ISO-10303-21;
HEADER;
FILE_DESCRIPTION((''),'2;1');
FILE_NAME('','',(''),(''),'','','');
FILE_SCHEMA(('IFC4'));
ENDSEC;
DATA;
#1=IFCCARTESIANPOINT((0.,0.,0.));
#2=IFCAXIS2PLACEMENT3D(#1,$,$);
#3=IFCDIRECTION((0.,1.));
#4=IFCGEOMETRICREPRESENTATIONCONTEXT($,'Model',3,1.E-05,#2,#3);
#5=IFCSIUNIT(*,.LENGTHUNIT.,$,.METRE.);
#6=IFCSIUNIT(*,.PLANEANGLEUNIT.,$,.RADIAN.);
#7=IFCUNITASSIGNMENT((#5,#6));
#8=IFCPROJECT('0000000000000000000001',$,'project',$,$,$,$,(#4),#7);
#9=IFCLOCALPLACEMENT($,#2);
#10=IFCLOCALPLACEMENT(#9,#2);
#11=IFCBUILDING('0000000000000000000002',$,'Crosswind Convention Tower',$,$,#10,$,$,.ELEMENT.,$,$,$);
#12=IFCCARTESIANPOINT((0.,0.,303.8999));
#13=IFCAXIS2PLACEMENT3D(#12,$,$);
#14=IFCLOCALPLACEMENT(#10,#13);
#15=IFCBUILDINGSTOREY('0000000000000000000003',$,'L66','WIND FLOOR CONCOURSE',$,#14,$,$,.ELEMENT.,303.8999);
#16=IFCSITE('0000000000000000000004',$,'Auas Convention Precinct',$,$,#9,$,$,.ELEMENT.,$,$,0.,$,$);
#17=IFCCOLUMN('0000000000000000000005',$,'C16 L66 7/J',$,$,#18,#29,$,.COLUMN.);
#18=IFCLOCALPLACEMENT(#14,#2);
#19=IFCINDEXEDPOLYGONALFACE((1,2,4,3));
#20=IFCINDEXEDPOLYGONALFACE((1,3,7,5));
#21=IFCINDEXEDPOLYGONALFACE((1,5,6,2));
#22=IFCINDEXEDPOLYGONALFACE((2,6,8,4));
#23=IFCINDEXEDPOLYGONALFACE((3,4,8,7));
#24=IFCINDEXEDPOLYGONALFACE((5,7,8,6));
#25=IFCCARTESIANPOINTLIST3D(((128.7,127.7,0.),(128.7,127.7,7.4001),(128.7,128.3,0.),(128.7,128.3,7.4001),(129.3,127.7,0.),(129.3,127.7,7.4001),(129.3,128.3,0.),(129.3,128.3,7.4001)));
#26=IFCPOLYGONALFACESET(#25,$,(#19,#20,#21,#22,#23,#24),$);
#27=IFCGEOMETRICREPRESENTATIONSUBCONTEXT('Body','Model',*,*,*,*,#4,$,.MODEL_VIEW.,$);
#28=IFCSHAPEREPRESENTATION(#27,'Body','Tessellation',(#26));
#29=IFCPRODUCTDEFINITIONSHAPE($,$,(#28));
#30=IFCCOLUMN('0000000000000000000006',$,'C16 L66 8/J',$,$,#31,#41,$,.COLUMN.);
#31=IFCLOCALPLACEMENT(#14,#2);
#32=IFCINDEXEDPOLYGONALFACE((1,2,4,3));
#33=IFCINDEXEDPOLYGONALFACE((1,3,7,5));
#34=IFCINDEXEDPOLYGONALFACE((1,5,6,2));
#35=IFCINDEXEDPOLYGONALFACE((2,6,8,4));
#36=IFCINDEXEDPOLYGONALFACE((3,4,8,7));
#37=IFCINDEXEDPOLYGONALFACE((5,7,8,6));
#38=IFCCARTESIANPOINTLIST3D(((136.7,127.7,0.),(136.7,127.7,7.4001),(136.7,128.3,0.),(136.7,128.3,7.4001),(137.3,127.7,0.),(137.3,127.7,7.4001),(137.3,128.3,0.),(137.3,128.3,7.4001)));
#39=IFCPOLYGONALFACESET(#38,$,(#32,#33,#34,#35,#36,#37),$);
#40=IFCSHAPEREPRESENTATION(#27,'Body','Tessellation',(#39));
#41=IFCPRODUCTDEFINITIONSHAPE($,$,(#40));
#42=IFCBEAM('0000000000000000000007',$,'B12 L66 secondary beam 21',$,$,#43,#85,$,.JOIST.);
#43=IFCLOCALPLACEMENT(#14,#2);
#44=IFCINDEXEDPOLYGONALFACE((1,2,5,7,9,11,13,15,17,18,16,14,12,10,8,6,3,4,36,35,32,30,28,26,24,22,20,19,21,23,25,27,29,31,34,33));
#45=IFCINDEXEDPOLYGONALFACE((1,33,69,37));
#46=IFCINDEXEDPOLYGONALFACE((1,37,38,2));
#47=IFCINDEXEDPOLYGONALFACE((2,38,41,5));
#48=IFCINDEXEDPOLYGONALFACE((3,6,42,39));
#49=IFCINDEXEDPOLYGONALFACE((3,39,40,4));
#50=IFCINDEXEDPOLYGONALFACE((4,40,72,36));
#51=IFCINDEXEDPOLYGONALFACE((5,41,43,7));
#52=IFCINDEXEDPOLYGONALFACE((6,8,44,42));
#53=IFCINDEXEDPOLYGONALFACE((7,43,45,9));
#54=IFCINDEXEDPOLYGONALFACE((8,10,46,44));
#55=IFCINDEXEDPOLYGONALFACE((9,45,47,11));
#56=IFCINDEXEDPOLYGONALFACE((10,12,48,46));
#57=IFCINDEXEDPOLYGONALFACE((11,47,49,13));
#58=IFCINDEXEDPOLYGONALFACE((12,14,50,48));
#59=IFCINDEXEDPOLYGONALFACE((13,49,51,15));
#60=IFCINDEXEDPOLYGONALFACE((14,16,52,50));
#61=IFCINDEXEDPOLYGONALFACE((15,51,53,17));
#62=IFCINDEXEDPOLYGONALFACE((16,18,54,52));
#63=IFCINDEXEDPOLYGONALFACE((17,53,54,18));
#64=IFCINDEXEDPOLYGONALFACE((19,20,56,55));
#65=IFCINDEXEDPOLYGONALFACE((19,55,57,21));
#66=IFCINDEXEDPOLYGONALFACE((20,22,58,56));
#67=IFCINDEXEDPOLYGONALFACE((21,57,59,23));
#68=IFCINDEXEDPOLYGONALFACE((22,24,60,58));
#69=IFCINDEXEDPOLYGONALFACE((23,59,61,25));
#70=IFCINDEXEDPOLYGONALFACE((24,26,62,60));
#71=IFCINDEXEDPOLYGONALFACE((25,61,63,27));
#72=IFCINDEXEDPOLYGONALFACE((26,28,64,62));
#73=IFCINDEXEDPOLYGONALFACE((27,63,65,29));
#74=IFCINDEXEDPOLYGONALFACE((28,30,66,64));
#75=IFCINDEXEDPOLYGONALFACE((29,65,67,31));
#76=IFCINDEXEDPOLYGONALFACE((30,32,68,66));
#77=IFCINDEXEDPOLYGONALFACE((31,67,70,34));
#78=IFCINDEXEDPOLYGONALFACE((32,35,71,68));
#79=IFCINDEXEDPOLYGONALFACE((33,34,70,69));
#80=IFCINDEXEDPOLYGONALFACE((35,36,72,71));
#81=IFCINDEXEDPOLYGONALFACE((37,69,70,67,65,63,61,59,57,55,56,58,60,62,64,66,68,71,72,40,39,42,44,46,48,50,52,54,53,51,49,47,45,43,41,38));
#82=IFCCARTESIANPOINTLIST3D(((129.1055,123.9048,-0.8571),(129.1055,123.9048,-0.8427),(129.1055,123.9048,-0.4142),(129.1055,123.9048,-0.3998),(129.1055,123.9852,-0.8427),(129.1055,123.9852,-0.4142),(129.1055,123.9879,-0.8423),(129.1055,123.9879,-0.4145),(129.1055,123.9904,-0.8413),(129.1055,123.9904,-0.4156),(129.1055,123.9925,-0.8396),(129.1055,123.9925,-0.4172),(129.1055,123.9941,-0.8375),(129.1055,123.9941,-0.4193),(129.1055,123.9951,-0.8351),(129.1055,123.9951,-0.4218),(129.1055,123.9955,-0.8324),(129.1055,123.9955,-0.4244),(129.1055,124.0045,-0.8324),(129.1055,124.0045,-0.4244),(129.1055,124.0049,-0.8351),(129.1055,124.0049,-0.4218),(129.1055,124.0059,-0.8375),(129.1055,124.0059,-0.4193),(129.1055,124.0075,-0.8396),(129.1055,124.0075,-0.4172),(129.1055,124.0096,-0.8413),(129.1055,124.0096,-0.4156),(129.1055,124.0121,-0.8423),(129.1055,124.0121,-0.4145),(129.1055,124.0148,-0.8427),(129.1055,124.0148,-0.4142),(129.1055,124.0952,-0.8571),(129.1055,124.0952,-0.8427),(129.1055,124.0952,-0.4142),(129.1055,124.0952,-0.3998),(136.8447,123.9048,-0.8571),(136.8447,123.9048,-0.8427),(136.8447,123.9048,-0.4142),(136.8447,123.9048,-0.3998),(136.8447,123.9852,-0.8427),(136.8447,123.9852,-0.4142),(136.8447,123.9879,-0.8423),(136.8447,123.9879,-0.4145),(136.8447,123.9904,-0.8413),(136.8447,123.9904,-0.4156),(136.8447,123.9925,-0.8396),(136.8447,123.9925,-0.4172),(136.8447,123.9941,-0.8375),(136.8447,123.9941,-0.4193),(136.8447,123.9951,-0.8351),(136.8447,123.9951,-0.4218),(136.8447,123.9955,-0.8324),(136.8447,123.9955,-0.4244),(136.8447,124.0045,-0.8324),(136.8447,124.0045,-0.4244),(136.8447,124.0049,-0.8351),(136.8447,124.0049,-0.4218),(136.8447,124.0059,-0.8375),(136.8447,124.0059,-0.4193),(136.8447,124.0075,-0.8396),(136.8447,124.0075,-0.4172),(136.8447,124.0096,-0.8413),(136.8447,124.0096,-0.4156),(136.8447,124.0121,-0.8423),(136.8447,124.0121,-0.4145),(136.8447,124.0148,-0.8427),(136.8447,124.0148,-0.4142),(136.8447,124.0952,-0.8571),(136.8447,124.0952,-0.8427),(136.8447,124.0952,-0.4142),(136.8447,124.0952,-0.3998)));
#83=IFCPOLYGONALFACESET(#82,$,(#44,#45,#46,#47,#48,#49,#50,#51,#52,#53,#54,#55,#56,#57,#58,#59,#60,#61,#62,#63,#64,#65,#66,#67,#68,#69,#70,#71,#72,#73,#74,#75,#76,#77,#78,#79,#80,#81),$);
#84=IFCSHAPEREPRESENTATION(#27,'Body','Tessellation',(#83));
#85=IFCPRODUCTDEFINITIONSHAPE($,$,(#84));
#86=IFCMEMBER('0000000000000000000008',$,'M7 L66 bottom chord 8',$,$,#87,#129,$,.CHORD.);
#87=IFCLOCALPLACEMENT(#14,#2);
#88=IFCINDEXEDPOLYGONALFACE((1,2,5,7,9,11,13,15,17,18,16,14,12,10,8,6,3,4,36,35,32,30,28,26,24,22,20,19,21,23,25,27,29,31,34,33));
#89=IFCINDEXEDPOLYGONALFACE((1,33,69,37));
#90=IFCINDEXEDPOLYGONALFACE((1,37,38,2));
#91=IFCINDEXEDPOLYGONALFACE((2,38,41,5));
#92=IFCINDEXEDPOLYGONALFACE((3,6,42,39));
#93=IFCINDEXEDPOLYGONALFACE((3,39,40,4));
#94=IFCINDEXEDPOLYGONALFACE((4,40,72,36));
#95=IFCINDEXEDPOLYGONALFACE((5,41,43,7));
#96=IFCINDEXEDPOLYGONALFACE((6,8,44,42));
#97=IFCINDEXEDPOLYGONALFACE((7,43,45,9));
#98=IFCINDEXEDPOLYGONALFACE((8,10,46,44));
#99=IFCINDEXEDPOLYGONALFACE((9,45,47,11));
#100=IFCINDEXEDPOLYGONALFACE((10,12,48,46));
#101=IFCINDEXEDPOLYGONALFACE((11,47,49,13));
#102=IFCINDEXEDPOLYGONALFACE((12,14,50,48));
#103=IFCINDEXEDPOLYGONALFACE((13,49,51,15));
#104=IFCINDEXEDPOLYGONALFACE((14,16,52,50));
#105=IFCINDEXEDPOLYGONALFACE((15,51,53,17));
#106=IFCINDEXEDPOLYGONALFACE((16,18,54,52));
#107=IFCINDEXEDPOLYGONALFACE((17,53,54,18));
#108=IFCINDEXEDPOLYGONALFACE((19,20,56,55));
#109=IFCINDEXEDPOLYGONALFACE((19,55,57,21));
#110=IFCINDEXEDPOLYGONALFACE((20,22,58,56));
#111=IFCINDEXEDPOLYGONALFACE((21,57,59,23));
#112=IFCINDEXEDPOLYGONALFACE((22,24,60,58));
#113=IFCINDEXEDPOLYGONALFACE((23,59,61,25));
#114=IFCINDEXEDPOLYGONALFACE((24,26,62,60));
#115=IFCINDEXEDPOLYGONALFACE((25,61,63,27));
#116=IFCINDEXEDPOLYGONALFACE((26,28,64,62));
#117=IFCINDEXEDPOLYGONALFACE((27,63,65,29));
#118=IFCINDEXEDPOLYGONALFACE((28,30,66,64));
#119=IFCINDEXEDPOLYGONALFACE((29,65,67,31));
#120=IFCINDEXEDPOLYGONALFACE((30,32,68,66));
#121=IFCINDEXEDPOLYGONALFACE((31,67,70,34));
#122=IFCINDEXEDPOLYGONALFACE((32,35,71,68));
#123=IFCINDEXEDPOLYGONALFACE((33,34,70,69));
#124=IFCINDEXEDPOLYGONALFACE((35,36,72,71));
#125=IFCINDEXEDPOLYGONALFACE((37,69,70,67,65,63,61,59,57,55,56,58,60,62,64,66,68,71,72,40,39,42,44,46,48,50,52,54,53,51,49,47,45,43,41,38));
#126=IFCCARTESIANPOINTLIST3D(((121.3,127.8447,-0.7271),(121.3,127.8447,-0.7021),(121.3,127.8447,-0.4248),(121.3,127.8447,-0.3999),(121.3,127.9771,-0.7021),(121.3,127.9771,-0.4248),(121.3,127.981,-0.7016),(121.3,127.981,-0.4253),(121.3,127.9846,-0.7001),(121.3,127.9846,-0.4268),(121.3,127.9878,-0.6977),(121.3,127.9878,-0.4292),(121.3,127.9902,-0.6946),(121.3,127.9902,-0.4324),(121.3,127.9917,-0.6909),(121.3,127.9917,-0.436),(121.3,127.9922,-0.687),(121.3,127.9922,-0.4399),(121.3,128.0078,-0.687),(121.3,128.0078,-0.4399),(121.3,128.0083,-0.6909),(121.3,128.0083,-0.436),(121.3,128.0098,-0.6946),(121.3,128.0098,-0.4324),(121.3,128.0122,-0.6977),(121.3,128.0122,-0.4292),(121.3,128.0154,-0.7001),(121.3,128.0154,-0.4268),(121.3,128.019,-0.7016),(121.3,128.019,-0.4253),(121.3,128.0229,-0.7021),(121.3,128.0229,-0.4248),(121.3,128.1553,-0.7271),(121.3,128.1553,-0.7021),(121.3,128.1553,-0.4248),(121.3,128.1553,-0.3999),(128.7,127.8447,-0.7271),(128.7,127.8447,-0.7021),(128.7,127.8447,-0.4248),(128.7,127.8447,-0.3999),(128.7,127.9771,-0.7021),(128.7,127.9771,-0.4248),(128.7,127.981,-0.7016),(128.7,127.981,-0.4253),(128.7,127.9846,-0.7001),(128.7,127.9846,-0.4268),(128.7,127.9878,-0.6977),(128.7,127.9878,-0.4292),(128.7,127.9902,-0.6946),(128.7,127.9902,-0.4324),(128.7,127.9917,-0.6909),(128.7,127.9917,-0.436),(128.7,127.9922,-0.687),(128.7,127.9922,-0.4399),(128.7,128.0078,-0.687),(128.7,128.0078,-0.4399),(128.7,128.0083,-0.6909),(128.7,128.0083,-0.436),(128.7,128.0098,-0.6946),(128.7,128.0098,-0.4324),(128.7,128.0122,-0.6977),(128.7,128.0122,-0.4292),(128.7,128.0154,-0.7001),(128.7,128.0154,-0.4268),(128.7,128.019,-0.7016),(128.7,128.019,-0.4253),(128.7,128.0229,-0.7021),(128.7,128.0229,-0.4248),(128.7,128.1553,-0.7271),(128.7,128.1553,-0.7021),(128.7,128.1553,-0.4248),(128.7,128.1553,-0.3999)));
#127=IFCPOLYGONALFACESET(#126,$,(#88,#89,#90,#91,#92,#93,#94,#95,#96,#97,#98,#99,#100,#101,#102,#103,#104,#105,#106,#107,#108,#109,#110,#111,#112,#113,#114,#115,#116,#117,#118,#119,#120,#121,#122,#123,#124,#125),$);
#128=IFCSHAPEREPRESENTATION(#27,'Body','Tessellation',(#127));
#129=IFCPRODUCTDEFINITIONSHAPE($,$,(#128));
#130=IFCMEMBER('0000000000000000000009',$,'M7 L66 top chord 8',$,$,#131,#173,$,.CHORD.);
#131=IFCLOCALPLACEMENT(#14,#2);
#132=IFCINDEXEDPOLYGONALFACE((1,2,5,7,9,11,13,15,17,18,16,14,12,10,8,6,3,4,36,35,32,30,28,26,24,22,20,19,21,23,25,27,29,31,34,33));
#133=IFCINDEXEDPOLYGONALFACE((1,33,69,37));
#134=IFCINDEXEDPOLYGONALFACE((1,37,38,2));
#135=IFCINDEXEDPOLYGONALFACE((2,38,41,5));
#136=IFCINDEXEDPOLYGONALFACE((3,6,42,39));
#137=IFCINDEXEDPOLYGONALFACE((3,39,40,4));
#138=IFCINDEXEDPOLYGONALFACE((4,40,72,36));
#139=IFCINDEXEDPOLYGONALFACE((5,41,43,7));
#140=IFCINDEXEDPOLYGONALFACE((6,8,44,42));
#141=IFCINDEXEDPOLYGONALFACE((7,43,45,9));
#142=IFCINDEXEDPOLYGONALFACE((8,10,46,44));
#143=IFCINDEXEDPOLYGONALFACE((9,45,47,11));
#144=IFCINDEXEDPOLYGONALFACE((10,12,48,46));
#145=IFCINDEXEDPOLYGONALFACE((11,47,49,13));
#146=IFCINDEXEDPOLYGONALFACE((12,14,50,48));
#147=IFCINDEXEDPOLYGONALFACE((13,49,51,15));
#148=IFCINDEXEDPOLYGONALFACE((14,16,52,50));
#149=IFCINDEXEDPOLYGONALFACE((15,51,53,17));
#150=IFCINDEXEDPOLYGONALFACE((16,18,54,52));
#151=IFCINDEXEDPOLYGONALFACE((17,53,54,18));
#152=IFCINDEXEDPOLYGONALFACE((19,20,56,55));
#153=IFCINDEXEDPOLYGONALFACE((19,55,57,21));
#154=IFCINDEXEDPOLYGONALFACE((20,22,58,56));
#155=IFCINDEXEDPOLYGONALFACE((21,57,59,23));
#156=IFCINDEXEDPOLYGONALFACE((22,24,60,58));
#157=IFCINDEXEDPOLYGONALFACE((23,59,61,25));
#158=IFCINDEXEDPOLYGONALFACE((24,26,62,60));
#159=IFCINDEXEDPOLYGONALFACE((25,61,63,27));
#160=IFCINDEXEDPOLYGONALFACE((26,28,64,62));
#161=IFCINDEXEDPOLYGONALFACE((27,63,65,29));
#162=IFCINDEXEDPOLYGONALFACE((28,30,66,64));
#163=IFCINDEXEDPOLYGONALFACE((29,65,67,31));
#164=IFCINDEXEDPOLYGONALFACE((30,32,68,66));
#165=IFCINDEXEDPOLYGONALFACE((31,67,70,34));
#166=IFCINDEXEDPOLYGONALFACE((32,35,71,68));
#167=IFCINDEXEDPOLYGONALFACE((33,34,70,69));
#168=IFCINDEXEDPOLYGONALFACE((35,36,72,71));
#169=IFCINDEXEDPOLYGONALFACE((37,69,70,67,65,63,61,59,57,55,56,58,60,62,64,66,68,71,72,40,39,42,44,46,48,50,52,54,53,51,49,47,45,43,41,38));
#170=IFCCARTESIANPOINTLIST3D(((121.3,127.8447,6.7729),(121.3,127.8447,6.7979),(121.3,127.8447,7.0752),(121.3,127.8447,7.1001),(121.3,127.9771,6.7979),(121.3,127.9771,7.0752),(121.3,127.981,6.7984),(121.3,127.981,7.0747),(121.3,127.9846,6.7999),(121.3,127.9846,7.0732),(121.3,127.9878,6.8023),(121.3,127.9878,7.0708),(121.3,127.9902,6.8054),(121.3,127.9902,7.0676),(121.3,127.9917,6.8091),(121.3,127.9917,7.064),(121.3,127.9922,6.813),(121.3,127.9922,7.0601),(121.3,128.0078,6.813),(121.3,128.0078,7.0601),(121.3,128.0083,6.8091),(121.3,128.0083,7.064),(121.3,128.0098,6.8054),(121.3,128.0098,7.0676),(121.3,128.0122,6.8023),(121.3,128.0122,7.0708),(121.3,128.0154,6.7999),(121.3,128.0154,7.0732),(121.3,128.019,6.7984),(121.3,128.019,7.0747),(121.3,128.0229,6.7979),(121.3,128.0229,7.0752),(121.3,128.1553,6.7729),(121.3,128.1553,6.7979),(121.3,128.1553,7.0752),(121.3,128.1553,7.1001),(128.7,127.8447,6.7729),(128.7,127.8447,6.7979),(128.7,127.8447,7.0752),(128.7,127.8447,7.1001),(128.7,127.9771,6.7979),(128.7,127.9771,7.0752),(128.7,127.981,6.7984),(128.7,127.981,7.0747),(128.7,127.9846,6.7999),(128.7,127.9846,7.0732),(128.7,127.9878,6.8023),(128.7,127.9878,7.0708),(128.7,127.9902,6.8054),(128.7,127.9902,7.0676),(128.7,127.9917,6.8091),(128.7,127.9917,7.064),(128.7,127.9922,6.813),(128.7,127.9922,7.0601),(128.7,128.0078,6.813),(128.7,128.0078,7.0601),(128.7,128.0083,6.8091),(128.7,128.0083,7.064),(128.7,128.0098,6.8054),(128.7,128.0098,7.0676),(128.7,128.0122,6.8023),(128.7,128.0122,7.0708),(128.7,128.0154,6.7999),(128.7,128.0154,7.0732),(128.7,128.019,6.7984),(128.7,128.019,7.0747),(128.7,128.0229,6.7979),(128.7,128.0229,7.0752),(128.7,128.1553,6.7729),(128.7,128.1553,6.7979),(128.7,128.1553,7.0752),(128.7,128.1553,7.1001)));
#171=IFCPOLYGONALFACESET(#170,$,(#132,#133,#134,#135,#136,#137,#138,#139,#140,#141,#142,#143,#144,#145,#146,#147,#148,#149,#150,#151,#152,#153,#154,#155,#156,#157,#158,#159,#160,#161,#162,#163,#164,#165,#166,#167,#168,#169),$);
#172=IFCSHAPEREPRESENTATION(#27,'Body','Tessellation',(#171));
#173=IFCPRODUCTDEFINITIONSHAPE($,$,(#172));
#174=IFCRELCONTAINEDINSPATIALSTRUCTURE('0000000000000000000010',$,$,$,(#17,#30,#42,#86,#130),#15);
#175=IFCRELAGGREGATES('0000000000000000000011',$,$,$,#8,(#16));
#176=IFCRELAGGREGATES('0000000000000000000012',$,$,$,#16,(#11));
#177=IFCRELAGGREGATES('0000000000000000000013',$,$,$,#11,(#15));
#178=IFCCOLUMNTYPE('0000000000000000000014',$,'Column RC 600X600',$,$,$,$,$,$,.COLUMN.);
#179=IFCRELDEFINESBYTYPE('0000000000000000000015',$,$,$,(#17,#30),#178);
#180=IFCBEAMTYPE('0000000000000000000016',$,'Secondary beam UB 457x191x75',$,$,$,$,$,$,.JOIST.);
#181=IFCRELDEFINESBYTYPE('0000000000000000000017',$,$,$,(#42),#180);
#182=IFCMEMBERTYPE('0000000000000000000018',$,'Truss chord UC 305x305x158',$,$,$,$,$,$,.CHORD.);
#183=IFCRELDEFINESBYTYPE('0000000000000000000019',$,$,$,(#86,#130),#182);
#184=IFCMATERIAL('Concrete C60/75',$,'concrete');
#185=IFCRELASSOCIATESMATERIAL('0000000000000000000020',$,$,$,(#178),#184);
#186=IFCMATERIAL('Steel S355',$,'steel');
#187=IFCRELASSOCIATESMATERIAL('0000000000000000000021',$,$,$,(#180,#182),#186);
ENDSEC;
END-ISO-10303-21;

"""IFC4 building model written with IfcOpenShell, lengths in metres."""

from ifc_helpers import new_model, si_unit, direction, frame, origin, origin_2d, place, context, subcontext, project, spatial, rectangle, i_section, extrude, material, material_profile, profile_set, type_object, element, save


model = new_model("IFC4")

# Units and contexts
model_context = context("Model", 3, precision=1e-05, world=origin(), true_north=direction((0.0, 1.0)))
body_context = subcontext(model_context, "Body", "Model", "MODEL_VIEW")
ifc_project = project(units=[si_unit("LENGTHUNIT", "METRE"), si_unit("PLANEANGLEUNIT", "RADIAN")], contexts=[model_context])

# Site, building, storey
site_placement = place(None, origin())
site = spatial("IfcSite", under=ifc_project, at=site_placement, Name="Auas Convention Precinct", CompositionType="ELEMENT", RefElevation=0.0)
building_placement = place(site_placement, origin())
building = spatial("IfcBuilding", under=site, at=building_placement, Name="Crosswind Convention Tower", CompositionType="ELEMENT")
storey_placement = place(building_placement, frame((0.0, 0.0, 303.8999)))
storey = spatial("IfcBuildingStorey", under=building, at=storey_placement, Name="L66", Description="WIND FLOOR CONCOURSE", CompositionType="ELEMENT", Elevation=303.8999)

# Columns
ifc_material_1 = material(Name="Concrete C60/75", Category="concrete")
ifc_material_profile_1 = material_profile(ifc_material_1, rectangle(XDim=0.6001, YDim=0.6001, at=origin_2d()), Name="RC 600X600")
ifc_profile_set_1 = profile_set([ifc_material_profile_1], Name="Concrete C60/75")
column_type = type_object("IfcColumnType", Name="Column RC 600X600", PredefinedType="COLUMN", material=ifc_profile_set_1)
for number, where, z_axis, x_axis, name in (
    (1, (129.0, 128.0, 0.0), (0.0, 0.0, 1.0), (1.0, 0.0, 0.0), "C16 L66 7/J"),
    (2, (137.0, 128.0, 0.0), (0.0, 0.0, 1.0), (1.0, 0.0, 0.0), "C16 L66 8/J"),
):
    element("IfcColumn", number, at=place(storey_placement, frame(where, z_axis=z_axis, x_axis=x_axis)), inside=storey, type_object=column_type, Name=name, PredefinedType="COLUMN", context=body_context, shape_type="SweptSolid", body=[
        extrude(rectangle(XDim=0.6001, YDim=0.6001, at=origin_2d()), origin(), (0.0, 0.0, 1.0), 7.4001),
    ])

# Beam
ifc_material_2 = material(Name="Steel S355", Category="steel")
ifc_material_profile_2 = material_profile(ifc_material_2, i_section(OverallWidth=0.1904, OverallDepth=0.4573, WebThickness=0.009, FlangeThickness=0.0144, FilletRadius=0.0103, at=origin_2d()), Name="UB 457x191x75")
ifc_profile_set_2 = profile_set([ifc_material_profile_2], Name="Steel S355")
beam_type = type_object("IfcBeamType", Name="Secondary beam UB 457x191x75", PredefinedType="JOIST", material=ifc_profile_set_2)
beam_placement = place(storey_placement, frame((129.1055, 124.0, -0.6284), z_axis=(1.0, 0.0, 0.0), x_axis=(0.0, 1.0, 0.0)))
element("IfcBeam", 3, at=beam_placement, inside=storey, type_object=beam_type, Name="B12 L66 secondary beam 21", PredefinedType="JOIST", context=body_context, shape_type="SweptSolid", body=[
    extrude(i_section(OverallWidth=0.1904, OverallDepth=0.4573, WebThickness=0.009, FlangeThickness=0.0144, FilletRadius=0.0103, at=origin_2d()), origin(), (0.0, 0.0, 1.0), 7.7393),
])

# Members
ifc_material_profile_3 = material_profile(ifc_material_2, i_section(OverallWidth=0.3105, OverallDepth=0.3271, WebThickness=0.0156, FlangeThickness=0.0249, FilletRadius=0.0151, at=origin_2d()), Name="UC 305x305x158")
ifc_profile_set_3 = profile_set([ifc_material_profile_3], Name="Steel S355")
member_type_1 = type_object("IfcMemberType", Name="Truss chord UC 305x305x158", PredefinedType="CHORD", material=ifc_profile_set_3)
for number, where, z_axis, x_axis, name in (
    (4, (121.3, 128.0, -0.5635), (1.0, 0.0, 0.0), (0.0, 1.0, 0.0), "M7 L66 bottom chord 8"),
    (5, (121.3, 128.0, 6.9365), (1.0, 0.0, 0.0), (0.0, 1.0, 0.0), "M7 L66 top chord 8"),
):
    element("IfcMember", number, at=place(storey_placement, frame(where, z_axis=z_axis, x_axis=x_axis)), inside=storey, type_object=member_type_1, Name=name, PredefinedType="CHORD", context=body_context, shape_type="SweptSolid", body=[
        extrude(i_section(OverallWidth=0.3105, OverallDepth=0.3271, WebThickness=0.0156, FlangeThickness=0.0249, FilletRadius=0.0151, at=origin_2d()), origin(), (0.0, 0.0, 1.0), 7.3999),
    ])

save(model, "model.ifc")
